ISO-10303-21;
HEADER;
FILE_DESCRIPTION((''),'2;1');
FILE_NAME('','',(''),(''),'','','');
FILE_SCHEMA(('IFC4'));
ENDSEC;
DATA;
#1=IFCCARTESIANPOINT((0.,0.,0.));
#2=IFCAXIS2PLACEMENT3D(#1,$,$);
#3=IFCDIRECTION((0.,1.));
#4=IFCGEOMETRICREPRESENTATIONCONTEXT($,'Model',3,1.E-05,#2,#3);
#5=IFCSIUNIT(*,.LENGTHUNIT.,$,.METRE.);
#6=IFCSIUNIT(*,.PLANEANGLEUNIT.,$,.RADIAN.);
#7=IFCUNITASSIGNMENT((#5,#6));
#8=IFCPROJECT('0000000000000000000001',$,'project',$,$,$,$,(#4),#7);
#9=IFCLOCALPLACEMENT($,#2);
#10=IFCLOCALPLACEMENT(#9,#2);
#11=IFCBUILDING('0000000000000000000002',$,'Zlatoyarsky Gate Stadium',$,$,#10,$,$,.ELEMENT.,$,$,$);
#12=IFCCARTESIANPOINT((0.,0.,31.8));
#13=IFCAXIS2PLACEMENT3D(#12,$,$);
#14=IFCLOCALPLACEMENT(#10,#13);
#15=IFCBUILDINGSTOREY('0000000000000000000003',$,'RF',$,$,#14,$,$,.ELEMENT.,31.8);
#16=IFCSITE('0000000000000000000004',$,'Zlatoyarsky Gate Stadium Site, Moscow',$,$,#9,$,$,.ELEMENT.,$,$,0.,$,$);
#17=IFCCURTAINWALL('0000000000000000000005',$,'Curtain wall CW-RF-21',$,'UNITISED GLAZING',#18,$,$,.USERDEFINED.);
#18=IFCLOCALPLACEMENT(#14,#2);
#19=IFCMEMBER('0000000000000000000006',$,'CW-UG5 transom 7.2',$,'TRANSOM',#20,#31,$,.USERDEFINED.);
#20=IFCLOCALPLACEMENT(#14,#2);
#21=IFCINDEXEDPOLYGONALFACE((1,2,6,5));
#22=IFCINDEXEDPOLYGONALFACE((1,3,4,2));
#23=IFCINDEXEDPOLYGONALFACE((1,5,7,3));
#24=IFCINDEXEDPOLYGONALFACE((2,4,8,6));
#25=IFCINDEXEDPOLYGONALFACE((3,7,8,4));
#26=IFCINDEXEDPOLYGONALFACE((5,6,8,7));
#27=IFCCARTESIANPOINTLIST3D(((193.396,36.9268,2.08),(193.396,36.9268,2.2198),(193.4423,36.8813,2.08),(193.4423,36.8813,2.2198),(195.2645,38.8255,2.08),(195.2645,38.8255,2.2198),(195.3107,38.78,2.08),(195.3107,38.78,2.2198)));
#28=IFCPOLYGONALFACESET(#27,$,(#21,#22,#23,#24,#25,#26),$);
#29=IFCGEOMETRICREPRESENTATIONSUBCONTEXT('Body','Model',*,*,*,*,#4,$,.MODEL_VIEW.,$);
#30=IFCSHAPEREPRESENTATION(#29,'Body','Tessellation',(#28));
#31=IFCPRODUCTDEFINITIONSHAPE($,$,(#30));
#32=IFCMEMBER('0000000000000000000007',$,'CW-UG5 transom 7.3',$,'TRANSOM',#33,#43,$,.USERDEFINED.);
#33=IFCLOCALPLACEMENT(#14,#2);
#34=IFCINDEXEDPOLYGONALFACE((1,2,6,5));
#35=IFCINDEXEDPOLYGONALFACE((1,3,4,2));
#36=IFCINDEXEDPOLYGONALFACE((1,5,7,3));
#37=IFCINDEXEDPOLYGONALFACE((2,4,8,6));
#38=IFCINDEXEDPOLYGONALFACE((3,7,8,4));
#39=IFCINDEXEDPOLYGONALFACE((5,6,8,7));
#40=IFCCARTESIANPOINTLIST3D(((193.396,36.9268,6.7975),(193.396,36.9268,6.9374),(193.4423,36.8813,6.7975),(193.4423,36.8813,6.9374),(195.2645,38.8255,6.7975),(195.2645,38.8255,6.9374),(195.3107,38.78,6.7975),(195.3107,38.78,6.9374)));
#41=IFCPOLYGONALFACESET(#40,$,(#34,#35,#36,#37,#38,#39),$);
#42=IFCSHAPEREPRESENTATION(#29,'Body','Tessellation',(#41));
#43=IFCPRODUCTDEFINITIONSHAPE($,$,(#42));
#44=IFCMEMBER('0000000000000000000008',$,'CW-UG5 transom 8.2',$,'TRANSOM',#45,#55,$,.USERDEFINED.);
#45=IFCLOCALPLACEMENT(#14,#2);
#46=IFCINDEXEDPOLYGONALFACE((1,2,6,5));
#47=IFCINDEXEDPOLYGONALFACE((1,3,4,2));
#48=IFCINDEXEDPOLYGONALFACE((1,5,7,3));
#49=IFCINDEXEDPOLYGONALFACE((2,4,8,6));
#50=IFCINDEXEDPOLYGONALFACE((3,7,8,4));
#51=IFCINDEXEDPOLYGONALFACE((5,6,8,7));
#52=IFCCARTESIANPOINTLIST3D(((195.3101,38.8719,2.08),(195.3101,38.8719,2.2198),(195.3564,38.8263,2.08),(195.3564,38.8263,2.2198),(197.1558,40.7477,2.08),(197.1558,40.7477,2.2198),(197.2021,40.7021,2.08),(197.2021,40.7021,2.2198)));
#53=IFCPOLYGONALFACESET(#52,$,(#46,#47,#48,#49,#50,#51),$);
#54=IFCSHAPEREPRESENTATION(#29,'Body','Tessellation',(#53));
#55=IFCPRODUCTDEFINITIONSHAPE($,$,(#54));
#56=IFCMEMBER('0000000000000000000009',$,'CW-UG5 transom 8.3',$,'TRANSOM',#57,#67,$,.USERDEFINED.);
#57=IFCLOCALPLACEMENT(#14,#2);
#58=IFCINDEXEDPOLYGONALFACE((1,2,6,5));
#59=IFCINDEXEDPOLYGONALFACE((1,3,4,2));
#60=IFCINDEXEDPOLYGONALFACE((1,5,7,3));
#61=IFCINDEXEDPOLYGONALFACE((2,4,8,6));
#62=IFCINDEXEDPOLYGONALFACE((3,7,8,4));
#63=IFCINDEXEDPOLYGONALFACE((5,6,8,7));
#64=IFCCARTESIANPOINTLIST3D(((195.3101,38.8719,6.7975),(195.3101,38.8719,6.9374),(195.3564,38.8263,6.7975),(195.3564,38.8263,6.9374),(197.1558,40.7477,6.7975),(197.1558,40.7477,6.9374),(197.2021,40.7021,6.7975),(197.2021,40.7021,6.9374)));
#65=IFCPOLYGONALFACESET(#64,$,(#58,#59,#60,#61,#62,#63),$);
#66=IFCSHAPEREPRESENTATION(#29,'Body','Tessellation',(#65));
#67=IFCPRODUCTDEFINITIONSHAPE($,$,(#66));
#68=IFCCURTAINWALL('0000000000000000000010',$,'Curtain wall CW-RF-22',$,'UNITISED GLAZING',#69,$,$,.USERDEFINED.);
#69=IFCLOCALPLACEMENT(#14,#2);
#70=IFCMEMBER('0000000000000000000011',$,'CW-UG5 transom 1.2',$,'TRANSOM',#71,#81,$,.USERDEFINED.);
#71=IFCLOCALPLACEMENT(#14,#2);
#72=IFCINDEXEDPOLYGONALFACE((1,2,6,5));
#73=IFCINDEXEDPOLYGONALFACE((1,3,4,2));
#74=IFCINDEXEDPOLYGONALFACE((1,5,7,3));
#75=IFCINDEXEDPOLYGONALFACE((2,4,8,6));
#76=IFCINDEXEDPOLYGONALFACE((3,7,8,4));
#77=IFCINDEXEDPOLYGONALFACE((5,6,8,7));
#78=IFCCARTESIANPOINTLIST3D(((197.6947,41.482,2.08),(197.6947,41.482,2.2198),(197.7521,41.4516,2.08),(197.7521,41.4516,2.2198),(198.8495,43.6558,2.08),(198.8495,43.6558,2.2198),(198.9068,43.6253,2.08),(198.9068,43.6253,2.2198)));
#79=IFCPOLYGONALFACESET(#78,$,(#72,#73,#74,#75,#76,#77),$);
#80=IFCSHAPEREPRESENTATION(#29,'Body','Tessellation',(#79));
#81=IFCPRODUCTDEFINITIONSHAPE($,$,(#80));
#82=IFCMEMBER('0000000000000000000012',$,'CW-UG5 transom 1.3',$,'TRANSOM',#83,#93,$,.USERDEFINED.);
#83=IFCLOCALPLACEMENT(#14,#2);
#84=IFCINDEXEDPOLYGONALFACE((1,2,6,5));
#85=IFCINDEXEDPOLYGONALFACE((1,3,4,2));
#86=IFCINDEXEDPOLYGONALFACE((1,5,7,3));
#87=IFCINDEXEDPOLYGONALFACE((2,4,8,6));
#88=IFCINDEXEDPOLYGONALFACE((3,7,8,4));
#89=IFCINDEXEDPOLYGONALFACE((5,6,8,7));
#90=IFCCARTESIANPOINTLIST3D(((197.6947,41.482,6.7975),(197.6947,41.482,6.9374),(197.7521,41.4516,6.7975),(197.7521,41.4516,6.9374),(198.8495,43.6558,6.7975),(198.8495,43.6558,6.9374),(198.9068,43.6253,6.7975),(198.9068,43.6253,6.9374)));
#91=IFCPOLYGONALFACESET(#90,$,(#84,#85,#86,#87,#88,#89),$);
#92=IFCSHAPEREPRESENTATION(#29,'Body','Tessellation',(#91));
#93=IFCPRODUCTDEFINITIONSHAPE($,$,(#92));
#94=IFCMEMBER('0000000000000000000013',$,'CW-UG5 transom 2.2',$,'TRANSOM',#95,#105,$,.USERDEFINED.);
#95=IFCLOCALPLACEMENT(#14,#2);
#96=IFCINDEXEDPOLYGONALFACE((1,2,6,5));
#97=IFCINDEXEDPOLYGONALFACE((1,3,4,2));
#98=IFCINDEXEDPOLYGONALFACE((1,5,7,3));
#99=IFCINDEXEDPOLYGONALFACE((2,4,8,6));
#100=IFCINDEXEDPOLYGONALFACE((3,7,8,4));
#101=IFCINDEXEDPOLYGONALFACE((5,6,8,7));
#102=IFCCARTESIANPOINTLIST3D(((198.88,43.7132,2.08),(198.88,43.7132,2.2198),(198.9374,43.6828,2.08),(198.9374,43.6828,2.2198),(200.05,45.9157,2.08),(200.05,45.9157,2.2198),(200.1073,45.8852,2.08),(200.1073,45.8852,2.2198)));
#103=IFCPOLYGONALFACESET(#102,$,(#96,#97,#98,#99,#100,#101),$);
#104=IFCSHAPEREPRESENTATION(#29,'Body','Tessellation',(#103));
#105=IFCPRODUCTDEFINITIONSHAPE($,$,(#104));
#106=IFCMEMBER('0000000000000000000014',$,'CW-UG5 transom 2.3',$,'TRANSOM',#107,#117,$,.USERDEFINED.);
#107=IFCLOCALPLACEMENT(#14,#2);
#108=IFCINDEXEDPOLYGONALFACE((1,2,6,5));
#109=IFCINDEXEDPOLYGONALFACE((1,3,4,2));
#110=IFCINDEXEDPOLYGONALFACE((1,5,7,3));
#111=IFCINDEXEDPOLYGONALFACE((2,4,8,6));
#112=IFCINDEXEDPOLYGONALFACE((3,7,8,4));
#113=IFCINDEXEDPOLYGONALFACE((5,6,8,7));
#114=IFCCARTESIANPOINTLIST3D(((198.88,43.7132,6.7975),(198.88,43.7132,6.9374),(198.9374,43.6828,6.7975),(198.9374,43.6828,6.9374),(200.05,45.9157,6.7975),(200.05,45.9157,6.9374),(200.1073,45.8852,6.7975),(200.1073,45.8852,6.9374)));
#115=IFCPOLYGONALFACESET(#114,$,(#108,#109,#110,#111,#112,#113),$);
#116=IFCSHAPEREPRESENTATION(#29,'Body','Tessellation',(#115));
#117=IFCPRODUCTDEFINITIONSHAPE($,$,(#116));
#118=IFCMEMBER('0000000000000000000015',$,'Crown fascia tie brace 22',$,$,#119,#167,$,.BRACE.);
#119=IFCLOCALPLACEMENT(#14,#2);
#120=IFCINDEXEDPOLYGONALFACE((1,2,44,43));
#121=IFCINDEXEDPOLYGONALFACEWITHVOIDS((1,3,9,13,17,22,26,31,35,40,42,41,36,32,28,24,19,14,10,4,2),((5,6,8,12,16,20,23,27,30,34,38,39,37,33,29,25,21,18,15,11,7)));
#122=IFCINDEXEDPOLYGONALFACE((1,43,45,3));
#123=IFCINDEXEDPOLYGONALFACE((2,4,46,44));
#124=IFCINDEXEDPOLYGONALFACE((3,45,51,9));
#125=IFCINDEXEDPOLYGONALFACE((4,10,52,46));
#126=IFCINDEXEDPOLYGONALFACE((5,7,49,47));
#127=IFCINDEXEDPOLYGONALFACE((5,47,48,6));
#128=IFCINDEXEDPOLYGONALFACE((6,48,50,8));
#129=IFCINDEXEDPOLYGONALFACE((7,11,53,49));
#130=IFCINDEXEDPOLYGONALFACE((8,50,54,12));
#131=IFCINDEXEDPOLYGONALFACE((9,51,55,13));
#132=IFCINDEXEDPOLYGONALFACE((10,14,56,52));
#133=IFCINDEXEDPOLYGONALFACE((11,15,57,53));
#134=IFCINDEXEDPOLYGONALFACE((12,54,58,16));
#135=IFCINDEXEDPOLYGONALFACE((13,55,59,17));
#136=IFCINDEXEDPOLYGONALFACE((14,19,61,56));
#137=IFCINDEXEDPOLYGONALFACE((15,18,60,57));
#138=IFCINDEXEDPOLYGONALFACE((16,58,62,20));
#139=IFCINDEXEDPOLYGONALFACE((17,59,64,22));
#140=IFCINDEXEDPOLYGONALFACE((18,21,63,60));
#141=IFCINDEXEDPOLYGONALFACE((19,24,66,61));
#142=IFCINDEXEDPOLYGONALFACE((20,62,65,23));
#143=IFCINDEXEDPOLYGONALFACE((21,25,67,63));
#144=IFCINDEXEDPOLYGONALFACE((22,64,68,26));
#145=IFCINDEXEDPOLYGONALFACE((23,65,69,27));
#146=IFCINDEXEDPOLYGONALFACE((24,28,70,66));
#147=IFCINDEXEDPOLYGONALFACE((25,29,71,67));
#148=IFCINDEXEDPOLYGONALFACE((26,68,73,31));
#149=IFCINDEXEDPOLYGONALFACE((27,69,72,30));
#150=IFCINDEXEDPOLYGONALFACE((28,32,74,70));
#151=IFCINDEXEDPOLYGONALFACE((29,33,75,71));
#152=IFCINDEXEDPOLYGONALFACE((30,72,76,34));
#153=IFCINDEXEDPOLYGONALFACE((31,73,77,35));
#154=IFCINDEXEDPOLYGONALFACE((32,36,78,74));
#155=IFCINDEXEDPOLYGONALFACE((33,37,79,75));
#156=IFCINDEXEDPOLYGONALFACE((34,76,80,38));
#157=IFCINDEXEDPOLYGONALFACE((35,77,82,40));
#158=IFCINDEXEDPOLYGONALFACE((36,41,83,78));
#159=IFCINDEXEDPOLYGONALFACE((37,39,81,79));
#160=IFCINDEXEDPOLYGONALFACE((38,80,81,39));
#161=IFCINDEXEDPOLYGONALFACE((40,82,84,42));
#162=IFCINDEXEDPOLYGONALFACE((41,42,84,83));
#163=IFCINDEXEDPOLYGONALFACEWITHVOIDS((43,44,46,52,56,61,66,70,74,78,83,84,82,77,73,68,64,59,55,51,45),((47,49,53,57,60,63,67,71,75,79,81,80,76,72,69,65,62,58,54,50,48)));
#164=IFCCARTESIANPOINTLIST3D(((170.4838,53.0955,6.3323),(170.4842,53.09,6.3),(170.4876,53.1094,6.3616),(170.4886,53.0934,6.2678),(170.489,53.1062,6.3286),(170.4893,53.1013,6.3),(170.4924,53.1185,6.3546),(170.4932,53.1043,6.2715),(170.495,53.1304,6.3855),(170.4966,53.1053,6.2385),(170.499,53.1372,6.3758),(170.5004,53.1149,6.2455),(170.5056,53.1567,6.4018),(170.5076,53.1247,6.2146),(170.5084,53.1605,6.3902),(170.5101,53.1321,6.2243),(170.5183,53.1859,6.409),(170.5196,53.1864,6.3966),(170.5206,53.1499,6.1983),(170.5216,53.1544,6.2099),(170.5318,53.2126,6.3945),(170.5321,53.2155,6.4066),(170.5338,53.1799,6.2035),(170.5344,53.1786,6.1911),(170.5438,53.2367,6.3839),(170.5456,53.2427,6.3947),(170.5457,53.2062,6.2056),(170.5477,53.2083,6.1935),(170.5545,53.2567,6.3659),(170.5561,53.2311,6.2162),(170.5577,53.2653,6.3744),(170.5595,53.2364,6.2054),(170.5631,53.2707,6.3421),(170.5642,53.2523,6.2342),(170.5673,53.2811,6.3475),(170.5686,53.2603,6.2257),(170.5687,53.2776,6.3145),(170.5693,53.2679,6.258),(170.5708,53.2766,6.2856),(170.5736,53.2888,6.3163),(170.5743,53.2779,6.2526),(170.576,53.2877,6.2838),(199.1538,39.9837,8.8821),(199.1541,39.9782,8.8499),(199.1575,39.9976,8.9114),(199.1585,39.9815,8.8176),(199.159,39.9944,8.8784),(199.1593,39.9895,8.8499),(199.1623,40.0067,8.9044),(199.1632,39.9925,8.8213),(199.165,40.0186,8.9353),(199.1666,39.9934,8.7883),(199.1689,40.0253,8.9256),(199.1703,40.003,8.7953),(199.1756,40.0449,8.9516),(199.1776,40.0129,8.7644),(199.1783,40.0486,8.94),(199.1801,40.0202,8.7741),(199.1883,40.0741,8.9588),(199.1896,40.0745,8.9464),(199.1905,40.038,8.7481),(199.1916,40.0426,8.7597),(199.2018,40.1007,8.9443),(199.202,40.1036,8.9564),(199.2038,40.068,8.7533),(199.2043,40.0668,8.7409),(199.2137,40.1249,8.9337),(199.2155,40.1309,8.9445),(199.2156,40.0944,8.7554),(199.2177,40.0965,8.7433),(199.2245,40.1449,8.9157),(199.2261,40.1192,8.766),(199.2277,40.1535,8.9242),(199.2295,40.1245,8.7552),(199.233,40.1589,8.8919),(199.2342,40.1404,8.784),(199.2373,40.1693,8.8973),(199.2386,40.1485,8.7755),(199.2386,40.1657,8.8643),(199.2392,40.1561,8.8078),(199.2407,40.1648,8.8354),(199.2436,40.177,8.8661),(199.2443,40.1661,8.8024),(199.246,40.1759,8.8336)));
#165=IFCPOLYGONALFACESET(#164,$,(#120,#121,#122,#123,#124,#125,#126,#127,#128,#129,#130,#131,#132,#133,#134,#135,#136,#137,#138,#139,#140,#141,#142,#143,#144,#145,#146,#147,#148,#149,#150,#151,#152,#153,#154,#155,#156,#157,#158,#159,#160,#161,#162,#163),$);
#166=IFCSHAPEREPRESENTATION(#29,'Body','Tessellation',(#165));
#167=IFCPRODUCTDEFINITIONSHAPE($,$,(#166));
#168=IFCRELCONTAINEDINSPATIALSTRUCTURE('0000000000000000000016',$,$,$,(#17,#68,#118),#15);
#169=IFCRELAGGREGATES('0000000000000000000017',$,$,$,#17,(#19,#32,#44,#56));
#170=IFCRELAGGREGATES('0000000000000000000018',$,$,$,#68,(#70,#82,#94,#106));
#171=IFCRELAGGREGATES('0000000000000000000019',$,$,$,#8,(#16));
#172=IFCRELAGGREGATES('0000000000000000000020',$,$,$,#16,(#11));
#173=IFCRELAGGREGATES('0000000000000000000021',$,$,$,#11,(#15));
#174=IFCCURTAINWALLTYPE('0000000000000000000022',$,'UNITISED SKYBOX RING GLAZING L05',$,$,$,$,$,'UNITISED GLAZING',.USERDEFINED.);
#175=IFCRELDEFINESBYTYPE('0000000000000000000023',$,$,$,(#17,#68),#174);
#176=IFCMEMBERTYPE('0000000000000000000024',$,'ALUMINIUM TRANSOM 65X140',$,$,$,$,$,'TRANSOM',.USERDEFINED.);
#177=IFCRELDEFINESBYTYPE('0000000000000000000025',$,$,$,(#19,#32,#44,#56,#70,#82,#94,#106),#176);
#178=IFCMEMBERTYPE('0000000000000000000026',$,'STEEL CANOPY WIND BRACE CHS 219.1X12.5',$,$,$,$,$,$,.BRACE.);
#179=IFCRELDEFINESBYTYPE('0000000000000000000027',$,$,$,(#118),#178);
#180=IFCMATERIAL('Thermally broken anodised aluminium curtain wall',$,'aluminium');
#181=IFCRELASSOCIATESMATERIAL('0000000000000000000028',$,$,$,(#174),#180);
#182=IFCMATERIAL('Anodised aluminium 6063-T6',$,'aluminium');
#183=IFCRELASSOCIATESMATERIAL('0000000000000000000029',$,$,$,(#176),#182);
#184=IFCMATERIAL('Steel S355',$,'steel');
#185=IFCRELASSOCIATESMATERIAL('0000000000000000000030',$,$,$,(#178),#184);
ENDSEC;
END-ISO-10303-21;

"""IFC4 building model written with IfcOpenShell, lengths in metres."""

from ifc_helpers import new_model, si_unit, direction, frame, origin, origin_2d, place, context, subcontext, project, spatial, rectangle, hollow_circle, extrude, material, material_profile, profile_set, type_object, element, aggregate, save


model = new_model("IFC4")

# Units and contexts
model_context = context("Model", 3, precision=1e-05, world=origin(), true_north=direction((0.0, 1.0)))
body_context = subcontext(model_context, "Body", "Model", "MODEL_VIEW")
ifc_project = project(units=[si_unit("LENGTHUNIT", "METRE"), si_unit("PLANEANGLEUNIT", "RADIAN")], contexts=[model_context])

# Site, building, storey
site_placement = place(None, origin())
site = spatial("IfcSite", under=ifc_project, at=site_placement, Name="Zlatoyarsky Gate Stadium Site, Moscow", CompositionType="ELEMENT", RefElevation=0.0)
building_placement = place(site_placement, origin())
building = spatial("IfcBuilding", under=site, at=building_placement, Name="Zlatoyarsky Gate Stadium", CompositionType="ELEMENT")
storey_placement = place(building_placement, frame((0.0, 0.0, 31.8)))
storey = spatial("IfcBuildingStorey", under=building, at=storey_placement, Name="RF", CompositionType="ELEMENT", Elevation=31.8)

# Curtain walls, members
ifc_material_1 = material(Name="Thermally broken anodised aluminium curtain wall", Category="aluminium")
curtain_wall_type = type_object("IfcCurtainWallType", Name="UNITISED SKYBOX RING GLAZING L05", ElementType="UNITISED GLAZING", PredefinedType="USERDEFINED", material=ifc_material_1)
curtain_wall_1_placement = place(storey_placement, origin())
curtain_wall_1 = element("IfcCurtainWall", 1, at=curtain_wall_1_placement, inside=storey, type_object=curtain_wall_type, Name="Curtain wall CW-RF-21", ObjectType="UNITISED GLAZING", PredefinedType="USERDEFINED")
ifc_material_2 = material(Name="Anodised aluminium 6063-T6", Category="aluminium")
ifc_material_profile_1 = material_profile(ifc_material_2, rectangle(XDim=0.0649, YDim=0.1399, at=origin_2d()), Name="ALU 65X140")
ifc_profile_set_1 = profile_set([ifc_material_profile_1], Name="Anodised aluminium 6063-T6")
member_type_1 = type_object("IfcMemberType", Name="ALUMINIUM TRANSOM 65X140", ElementType="TRANSOM", PredefinedType="USERDEFINED", material=ifc_profile_set_1)
member_1_placement = place(storey_placement, frame((193.4192, 36.9041, 2.1499), z_axis=(0.701402, 0.712766, 0.0), x_axis=(-0.712766, 0.701402, 0.0)))
member_1 = element("IfcMember", 2, at=member_1_placement, type_object=member_type_1, Name="CW-UG5 transom 7.2", ObjectType="TRANSOM", PredefinedType="USERDEFINED", context=body_context, shape_type="SweptSolid", body=[
    extrude(rectangle(XDim=0.0649, YDim=0.1399, at=origin_2d()), origin(), (0.0, 0.0, 1.0), 2.6638),
])
member_2_placement = place(storey_placement, frame((193.4192, 36.9041, 6.8674), z_axis=(0.701402, 0.712766, 0.0), x_axis=(-0.712766, 0.701402, 0.0)))
member_2 = element("IfcMember", 3, at=member_2_placement, type_object=member_type_1, Name="CW-UG5 transom 7.3", ObjectType="TRANSOM", PredefinedType="USERDEFINED", context=body_context, shape_type="SweptSolid", body=[
    extrude(rectangle(XDim=0.0649, YDim=0.1399, at=origin_2d()), origin(), (0.0, 0.0, 1.0), 2.6638),
])
member_3_placement = place(storey_placement, frame((195.3333, 38.8491, 2.1499), z_axis=(0.701378, 0.712789, 0.0), x_axis=(-0.712789, 0.701378, 0.0)))
member_3 = element("IfcMember", 4, at=member_3_placement, type_object=member_type_1, Name="CW-UG5 transom 8.2", ObjectType="TRANSOM", PredefinedType="USERDEFINED", context=body_context, shape_type="SweptSolid", body=[
    extrude(rectangle(XDim=0.0649, YDim=0.1399, at=origin_2d()), origin(), (0.0, 0.0, 1.0), 2.6316),
])
member_4_placement = place(storey_placement, frame((195.3333, 38.8491, 6.8674), z_axis=(0.701378, 0.712789, 0.0), x_axis=(-0.712789, 0.701378, 0.0)))
member_4 = element("IfcMember", 5, at=member_4_placement, type_object=member_type_1, Name="CW-UG5 transom 8.3", ObjectType="TRANSOM", PredefinedType="USERDEFINED", context=body_context, shape_type="SweptSolid", body=[
    extrude(rectangle(XDim=0.0649, YDim=0.1399, at=origin_2d()), origin(), (0.0, 0.0, 1.0), 2.6316),
])
curtain_wall_2_placement = place(storey_placement, origin())
curtain_wall_2 = element("IfcCurtainWall", 6, at=curtain_wall_2_placement, inside=storey, type_object=curtain_wall_type, Name="Curtain wall CW-RF-22", ObjectType="UNITISED GLAZING", PredefinedType="USERDEFINED")
member_5_placement = place(storey_placement, frame((197.7234, 41.4668, 2.1499), z_axis=(0.469136, 0.883126, 0.0), x_axis=(-0.883126, 0.469136, 0.0)))
member_5 = element("IfcMember", 7, at=member_5_placement, type_object=member_type_1, Name="CW-UG5 transom 1.2", ObjectType="TRANSOM", PredefinedType="USERDEFINED", context=body_context, shape_type="SweptSolid", body=[
    extrude(rectangle(XDim=0.0649, YDim=0.1399, at=origin_2d()), origin(), (0.0, 0.0, 1.0), 2.4614),
])
member_6_placement = place(storey_placement, frame((197.7234, 41.4668, 6.8674), z_axis=(0.469136, 0.883126, 0.0), x_axis=(-0.883126, 0.469136, 0.0)))
member_6 = element("IfcMember", 8, at=member_6_placement, type_object=member_type_1, Name="CW-UG5 transom 1.3", ObjectType="TRANSOM", PredefinedType="USERDEFINED", context=body_context, shape_type="SweptSolid", body=[
    extrude(rectangle(XDim=0.0649, YDim=0.1399, at=origin_2d()), origin(), (0.0, 0.0, 1.0), 2.4614),
])
member_7_placement = place(storey_placement, frame((198.9087, 43.698, 2.1499), z_axis=(0.469124, 0.883132, 0.0), x_axis=(-0.883132, 0.469124, 0.0)))
member_7 = element("IfcMember", 9, at=member_7_placement, type_object=member_type_1, Name="CW-UG5 transom 2.2", ObjectType="TRANSOM", PredefinedType="USERDEFINED", context=body_context, shape_type="SweptSolid", body=[
    extrude(rectangle(XDim=0.0649, YDim=0.1399, at=origin_2d()), origin(), (0.0, 0.0, 1.0), 2.4939),
])
member_8_placement = place(storey_placement, frame((198.9087, 43.698, 6.8674), z_axis=(0.469124, 0.883132, 0.0), x_axis=(-0.883132, 0.469124, 0.0)))
member_8 = element("IfcMember", 10, at=member_8_placement, type_object=member_type_1, Name="CW-UG5 transom 2.3", ObjectType="TRANSOM", PredefinedType="USERDEFINED", context=body_context, shape_type="SweptSolid", body=[
    extrude(rectangle(XDim=0.0649, YDim=0.1399, at=origin_2d()), origin(), (0.0, 0.0, 1.0), 2.4939),
])

# Member
ifc_material_3 = material(Name="Steel S355", Category="steel")
ifc_material_profile_2 = material_profile(ifc_material_3, hollow_circle(Radius=0.1096, WallThickness=0.0125, at=origin_2d()), Name="CHS 219.1X12.5")
ifc_profile_set_2 = profile_set([ifc_material_profile_2], Name="Steel S355")
member_type_2 = type_object("IfcMemberType", Name="STEEL CANOPY WIND BRACE CHS 219.1X12.5", PredefinedType="BRACE", material=ifc_profile_set_2)
member_9_placement = place(storey_placement, frame((199.1997, 40.0779, 8.8499), z_axis=(-0.906448, 0.414552, -0.080616), x_axis=(-0.415906, -0.909408, 0.0)))
element("IfcMember", 11, at=member_9_placement, inside=storey, type_object=member_type_2, Name="Crown fascia tie brace 22", PredefinedType="BRACE", context=body_context, shape_type="SweptSolid", body=[
    extrude(hollow_circle(Radius=0.1096, WallThickness=0.0125, at=origin_2d()), origin(), (0.0, 0.0, 1.0), 31.6289),
])

aggregate(curtain_wall_1, [member_1, member_2, member_3, member_4])
aggregate(curtain_wall_2, [member_5, member_6, member_7, member_8])

save(model, "model.ifc")
